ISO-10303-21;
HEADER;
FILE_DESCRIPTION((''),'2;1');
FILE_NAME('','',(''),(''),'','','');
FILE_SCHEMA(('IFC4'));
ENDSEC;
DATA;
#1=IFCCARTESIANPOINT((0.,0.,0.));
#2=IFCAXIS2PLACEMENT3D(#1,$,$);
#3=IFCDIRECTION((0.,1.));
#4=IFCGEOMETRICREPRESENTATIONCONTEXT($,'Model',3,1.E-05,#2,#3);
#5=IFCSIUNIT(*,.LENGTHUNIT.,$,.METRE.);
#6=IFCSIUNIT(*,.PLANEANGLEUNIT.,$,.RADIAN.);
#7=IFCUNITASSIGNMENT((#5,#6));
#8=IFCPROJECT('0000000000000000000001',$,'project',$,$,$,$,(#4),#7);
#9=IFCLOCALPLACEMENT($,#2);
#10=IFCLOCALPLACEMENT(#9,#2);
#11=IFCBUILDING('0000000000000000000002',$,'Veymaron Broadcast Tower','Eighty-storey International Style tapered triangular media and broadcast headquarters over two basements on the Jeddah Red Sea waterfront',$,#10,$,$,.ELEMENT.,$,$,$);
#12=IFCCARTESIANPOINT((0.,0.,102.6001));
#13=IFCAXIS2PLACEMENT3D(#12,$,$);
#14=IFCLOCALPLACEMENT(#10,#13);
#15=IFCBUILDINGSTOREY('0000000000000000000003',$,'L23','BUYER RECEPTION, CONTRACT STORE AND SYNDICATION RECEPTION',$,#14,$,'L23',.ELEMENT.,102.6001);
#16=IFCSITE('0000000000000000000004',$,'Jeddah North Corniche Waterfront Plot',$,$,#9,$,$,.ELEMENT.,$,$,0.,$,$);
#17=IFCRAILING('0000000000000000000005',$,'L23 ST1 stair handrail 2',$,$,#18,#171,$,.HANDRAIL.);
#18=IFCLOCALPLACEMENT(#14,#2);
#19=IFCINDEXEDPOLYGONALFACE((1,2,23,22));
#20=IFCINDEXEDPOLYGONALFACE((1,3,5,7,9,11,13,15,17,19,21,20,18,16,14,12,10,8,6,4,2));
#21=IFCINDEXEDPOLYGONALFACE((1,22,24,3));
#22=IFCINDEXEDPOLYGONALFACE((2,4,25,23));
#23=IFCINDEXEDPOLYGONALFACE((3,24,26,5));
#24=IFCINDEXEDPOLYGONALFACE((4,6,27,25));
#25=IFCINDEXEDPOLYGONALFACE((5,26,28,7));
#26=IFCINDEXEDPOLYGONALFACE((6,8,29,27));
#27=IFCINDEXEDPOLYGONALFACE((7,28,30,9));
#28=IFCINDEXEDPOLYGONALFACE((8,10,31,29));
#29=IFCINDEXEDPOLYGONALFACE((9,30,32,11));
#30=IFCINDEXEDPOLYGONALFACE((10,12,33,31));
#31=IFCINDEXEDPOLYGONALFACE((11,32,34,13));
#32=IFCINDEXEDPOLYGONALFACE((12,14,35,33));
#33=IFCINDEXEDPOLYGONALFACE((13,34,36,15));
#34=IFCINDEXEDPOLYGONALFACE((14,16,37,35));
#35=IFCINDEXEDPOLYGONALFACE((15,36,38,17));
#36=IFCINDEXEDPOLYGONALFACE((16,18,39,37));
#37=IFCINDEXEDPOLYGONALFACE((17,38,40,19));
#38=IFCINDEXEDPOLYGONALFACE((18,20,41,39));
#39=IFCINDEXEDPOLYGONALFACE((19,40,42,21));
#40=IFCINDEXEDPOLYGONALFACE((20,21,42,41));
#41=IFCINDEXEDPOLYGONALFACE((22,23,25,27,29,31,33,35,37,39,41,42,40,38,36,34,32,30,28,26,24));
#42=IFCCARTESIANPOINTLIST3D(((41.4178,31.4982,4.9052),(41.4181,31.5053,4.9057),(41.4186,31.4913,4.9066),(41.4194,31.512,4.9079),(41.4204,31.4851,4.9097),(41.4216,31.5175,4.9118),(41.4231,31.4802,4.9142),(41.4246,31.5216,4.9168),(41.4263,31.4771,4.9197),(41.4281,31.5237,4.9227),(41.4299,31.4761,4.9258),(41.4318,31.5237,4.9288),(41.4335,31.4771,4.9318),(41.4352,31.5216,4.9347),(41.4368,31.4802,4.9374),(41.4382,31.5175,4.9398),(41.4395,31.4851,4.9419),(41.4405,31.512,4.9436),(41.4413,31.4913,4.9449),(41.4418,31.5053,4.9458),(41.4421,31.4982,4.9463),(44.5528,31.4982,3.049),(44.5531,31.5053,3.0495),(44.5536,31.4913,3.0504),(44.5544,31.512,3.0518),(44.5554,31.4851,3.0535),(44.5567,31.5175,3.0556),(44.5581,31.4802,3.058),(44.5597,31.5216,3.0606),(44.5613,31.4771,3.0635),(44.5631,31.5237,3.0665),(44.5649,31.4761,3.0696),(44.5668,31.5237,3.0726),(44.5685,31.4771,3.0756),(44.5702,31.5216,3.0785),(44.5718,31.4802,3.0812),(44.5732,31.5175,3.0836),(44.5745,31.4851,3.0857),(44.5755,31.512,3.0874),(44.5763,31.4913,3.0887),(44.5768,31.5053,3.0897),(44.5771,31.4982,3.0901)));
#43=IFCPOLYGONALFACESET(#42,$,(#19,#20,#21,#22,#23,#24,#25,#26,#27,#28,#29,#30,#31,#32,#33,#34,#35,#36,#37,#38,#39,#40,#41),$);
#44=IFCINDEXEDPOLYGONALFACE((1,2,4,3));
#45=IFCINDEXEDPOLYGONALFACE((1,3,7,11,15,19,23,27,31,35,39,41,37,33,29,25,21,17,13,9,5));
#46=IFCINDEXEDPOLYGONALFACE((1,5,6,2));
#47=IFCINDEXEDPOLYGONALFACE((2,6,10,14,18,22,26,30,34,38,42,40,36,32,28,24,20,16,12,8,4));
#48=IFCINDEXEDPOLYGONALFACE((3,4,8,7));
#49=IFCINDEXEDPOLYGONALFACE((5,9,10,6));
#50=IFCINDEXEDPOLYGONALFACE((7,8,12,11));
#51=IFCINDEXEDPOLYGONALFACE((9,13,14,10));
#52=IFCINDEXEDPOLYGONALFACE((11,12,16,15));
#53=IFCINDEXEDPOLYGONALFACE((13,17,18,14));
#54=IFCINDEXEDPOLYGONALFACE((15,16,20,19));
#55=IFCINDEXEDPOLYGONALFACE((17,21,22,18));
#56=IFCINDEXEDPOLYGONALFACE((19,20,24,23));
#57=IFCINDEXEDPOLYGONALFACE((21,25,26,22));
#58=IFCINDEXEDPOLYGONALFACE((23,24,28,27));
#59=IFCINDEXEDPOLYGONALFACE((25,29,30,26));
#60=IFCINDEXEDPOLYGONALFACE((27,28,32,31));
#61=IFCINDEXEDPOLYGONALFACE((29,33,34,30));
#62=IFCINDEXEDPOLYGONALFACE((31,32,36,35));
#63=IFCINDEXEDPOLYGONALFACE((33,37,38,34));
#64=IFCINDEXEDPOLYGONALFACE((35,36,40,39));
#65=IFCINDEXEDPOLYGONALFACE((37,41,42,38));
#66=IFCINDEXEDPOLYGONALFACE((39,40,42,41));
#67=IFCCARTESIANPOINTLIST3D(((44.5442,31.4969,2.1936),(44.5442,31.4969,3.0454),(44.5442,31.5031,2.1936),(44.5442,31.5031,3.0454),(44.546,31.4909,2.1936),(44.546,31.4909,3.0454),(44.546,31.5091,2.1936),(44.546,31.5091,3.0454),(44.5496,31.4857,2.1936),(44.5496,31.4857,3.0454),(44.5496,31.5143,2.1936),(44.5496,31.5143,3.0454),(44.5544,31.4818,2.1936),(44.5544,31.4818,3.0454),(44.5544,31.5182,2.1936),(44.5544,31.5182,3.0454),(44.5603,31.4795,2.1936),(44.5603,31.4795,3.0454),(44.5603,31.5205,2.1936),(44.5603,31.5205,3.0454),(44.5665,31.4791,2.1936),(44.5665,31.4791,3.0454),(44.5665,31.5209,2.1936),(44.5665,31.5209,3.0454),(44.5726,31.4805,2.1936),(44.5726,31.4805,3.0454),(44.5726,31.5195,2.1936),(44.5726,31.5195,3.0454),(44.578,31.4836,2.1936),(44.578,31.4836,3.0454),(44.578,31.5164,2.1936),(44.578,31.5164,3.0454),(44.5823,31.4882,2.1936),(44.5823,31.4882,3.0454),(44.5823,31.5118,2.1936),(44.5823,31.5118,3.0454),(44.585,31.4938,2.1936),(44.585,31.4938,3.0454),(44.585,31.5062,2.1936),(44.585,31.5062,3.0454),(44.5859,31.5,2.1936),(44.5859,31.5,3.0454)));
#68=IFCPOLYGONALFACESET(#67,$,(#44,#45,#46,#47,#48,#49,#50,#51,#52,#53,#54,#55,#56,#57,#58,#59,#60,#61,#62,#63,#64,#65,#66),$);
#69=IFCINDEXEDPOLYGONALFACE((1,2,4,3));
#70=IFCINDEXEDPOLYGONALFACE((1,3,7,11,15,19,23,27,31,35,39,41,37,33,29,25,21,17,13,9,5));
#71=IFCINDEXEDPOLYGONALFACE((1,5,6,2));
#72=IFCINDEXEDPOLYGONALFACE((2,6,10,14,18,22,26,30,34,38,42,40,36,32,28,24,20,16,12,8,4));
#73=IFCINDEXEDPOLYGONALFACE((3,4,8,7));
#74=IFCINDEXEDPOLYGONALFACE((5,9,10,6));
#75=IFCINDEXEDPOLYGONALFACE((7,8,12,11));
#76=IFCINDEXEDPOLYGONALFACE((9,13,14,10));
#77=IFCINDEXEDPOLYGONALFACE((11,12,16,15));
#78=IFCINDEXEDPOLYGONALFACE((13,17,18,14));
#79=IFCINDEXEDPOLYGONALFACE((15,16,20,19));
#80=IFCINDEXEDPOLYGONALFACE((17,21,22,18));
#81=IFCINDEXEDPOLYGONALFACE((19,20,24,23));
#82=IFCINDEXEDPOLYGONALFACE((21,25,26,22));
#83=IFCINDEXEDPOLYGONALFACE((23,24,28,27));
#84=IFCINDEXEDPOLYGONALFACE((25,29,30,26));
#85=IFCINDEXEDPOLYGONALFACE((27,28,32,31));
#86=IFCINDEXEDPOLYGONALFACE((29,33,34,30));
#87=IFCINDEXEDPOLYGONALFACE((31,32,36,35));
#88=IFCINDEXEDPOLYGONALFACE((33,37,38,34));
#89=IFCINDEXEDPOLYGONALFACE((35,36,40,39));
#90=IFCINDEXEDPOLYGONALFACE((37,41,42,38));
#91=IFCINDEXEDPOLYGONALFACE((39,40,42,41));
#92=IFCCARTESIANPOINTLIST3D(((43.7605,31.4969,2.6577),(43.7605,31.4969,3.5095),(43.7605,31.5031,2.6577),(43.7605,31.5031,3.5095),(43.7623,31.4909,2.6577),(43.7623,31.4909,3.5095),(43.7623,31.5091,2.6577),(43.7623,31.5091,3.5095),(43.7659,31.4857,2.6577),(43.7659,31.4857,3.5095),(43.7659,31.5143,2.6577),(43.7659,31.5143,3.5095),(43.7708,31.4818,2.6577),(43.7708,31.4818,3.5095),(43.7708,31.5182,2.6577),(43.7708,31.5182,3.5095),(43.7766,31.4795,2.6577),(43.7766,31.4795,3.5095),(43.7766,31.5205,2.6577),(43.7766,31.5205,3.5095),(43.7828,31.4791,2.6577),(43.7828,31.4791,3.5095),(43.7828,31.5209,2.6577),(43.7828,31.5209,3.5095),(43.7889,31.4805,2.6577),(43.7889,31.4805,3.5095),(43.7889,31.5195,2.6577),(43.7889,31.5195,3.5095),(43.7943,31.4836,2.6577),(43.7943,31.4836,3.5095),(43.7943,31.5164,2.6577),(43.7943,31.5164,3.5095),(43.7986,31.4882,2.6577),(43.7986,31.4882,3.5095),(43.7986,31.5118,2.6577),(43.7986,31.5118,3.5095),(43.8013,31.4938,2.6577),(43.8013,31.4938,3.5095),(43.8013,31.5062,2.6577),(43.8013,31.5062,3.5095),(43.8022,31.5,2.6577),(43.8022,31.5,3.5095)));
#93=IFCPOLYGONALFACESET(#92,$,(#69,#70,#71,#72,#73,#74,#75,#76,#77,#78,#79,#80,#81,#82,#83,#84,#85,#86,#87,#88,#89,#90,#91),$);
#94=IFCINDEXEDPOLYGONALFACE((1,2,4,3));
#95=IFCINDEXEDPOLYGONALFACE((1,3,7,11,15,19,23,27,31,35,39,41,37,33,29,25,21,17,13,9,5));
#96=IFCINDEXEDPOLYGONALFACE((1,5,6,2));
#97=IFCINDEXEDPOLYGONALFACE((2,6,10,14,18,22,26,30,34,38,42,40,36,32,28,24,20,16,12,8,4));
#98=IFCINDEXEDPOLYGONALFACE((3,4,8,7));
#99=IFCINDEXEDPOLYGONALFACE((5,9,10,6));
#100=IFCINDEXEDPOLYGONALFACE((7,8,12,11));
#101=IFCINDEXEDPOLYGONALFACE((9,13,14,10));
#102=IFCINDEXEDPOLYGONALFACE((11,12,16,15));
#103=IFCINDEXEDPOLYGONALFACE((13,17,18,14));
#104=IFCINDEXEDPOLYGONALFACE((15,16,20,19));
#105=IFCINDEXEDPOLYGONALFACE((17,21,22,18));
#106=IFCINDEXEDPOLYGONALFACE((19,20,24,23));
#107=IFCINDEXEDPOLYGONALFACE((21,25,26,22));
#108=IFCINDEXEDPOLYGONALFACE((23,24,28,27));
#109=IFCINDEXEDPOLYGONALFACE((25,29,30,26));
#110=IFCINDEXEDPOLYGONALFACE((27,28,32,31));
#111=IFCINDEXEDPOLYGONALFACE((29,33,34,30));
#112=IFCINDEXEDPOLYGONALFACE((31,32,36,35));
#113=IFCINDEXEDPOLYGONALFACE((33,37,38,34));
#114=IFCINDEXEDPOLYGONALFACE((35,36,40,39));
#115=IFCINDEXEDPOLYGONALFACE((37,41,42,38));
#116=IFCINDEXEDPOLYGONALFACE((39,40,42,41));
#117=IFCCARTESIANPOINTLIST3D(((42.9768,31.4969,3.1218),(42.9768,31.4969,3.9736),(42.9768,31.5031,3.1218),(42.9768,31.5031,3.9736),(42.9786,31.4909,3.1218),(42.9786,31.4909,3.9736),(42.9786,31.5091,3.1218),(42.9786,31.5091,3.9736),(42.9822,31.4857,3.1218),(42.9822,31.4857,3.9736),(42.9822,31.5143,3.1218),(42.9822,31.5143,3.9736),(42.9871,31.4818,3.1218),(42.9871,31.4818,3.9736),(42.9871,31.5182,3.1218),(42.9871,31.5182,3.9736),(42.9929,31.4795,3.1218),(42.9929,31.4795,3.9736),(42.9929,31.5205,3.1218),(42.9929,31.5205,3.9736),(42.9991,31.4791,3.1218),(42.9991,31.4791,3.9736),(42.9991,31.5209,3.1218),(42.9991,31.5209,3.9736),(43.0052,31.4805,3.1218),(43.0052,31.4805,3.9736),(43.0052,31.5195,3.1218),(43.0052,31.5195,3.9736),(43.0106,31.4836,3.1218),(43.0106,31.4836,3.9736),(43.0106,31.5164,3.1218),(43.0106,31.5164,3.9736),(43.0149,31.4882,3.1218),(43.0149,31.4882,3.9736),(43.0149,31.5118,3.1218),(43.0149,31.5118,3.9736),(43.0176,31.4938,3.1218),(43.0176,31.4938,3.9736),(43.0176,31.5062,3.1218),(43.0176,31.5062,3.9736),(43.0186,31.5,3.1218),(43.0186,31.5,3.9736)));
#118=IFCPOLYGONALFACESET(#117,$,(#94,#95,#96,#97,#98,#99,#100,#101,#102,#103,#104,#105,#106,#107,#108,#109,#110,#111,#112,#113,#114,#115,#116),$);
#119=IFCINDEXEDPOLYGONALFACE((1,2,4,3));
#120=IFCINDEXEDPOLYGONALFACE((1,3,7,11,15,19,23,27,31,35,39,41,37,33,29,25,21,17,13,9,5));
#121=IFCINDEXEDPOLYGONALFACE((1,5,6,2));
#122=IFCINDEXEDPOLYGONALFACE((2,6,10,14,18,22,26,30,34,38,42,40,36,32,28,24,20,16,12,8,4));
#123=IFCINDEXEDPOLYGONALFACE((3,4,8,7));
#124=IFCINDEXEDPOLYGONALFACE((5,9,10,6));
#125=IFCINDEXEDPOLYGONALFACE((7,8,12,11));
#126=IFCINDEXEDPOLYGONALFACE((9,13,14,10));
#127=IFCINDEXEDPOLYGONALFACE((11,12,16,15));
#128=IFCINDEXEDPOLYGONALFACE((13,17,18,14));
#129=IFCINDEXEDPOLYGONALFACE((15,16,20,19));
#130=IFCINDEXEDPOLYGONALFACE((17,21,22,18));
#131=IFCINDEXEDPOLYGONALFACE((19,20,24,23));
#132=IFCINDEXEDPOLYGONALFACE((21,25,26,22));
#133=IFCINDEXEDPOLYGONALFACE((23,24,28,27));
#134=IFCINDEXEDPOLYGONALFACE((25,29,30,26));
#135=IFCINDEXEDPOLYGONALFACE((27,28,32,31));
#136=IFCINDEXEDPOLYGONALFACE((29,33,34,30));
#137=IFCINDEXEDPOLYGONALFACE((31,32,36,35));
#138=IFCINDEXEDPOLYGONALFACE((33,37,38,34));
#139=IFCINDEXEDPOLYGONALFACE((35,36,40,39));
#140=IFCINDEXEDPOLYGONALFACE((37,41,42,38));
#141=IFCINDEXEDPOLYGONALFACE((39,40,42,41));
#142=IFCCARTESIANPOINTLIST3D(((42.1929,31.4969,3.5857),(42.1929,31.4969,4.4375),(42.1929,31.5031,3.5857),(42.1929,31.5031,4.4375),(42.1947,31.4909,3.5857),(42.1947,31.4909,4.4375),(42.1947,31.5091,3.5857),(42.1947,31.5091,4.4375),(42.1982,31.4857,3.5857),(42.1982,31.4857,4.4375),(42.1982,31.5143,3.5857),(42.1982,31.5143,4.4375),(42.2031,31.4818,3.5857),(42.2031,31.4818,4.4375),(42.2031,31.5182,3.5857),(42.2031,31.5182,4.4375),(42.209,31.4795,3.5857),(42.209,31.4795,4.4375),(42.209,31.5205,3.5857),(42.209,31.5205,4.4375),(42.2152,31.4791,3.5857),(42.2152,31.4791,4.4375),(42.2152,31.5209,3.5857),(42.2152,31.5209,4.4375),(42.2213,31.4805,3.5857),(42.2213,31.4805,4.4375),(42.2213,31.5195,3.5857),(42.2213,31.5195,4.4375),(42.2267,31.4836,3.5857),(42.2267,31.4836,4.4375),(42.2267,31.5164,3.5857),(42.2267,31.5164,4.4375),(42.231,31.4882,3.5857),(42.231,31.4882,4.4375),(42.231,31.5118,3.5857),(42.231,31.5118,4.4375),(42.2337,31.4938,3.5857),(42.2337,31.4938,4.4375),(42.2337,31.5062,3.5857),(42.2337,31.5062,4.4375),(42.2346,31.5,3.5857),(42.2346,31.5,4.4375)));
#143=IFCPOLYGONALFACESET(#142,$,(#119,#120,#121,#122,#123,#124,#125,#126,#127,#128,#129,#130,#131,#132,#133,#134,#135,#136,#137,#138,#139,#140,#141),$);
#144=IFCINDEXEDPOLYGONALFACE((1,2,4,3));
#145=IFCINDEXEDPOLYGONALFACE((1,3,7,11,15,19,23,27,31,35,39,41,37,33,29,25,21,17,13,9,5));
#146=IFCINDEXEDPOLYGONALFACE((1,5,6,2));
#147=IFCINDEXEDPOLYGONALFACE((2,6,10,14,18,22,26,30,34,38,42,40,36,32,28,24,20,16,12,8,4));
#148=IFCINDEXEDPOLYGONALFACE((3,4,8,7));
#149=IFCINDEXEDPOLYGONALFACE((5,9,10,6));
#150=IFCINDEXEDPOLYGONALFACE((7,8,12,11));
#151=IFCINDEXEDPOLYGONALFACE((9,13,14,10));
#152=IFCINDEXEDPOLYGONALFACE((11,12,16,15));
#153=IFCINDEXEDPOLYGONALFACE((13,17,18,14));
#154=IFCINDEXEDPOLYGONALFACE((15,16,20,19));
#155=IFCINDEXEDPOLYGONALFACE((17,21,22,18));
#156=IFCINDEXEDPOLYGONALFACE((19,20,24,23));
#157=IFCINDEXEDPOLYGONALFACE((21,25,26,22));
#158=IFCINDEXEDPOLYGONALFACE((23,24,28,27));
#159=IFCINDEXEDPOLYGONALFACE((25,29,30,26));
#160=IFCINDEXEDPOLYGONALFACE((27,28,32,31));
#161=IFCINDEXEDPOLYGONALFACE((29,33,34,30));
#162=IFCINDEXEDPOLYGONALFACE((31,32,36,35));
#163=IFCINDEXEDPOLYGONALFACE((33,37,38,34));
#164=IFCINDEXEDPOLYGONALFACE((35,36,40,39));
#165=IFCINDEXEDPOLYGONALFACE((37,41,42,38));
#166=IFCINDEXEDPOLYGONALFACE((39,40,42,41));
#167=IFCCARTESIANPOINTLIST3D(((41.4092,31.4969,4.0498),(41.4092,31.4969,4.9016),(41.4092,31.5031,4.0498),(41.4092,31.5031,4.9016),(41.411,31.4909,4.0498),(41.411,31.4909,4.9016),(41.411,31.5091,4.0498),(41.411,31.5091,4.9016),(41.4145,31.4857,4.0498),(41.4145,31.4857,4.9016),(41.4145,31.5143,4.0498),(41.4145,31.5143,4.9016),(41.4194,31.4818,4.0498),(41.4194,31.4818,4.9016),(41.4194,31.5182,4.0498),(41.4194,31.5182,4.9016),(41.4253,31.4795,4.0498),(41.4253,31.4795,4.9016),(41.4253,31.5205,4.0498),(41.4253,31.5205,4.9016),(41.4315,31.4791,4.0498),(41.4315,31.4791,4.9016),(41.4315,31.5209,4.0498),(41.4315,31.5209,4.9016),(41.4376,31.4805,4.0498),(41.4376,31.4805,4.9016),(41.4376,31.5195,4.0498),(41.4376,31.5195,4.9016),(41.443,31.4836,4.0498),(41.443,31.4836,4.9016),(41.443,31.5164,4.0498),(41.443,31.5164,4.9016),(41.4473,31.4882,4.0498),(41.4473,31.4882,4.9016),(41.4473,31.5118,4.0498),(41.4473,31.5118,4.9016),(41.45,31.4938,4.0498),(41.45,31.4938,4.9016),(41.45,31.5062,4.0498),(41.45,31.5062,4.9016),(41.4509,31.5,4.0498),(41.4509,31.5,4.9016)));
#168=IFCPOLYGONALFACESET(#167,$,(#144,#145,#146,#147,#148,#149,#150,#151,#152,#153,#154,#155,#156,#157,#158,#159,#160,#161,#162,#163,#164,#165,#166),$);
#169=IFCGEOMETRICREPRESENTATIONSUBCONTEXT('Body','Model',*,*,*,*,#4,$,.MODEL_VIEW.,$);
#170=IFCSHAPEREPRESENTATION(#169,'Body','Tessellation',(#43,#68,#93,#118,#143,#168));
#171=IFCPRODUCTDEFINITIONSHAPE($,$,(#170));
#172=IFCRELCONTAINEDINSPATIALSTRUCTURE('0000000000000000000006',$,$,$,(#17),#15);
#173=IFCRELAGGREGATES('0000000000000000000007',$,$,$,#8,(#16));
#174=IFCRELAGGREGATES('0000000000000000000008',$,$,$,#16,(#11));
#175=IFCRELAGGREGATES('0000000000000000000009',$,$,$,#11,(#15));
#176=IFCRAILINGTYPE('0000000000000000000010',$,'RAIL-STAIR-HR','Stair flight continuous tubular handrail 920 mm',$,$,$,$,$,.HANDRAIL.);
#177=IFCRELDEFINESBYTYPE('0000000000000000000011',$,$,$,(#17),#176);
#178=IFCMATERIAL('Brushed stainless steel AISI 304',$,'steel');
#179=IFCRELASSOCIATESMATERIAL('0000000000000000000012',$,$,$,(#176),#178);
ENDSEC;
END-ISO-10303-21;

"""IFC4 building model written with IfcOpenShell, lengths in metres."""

from ifc_helpers import new_model, si_unit, direction, frame, origin, origin_2d, place, context, subcontext, project, spatial, circle, extrude, material, type_object, element, save


model = new_model("IFC4")

# Units and contexts
model_context = context("Model", 3, precision=1e-05, world=origin(), true_north=direction((0.0, 1.0)))
body_context = subcontext(model_context, "Body", "Model", "MODEL_VIEW")
ifc_project = project(units=[si_unit("LENGTHUNIT", "METRE"), si_unit("PLANEANGLEUNIT", "RADIAN")], contexts=[model_context])

# Site, building, storey
site_placement = place(None, origin())
site = spatial("IfcSite", under=ifc_project, at=site_placement, Name="Jeddah North Corniche Waterfront Plot", CompositionType="ELEMENT", RefElevation=0.0)
building_placement = place(site_placement, origin())
building = spatial("IfcBuilding", under=site, at=building_placement, Name="Veymaron Broadcast Tower", Description="Eighty-storey International Style tapered triangular media and broadcast headquarters over two basements on the Jeddah Red Sea waterfront", CompositionType="ELEMENT")
storey_placement = place(building_placement, frame((0.0, 0.0, 102.6001)))
storey = spatial("IfcBuildingStorey", under=building, at=storey_placement, Name="L23", Description="BUYER RECEPTION, CONTRACT STORE AND SYNDICATION RECEPTION", LongName="L23", CompositionType="ELEMENT", Elevation=102.6001)

# Shared definitions
ifc_material_1 = material(Name="Brushed stainless steel AISI 304", Category="steel")

# Railing
railing_type_1 = type_object("IfcRailingType", Name="RAIL-STAIR-HR", Description="Stair flight continuous tubular handrail 920 mm", PredefinedType="HANDRAIL", material=ifc_material_1)
railing_1_placement = place(storey_placement, frame((44.5649, 31.5, 2.1936)))
element("IfcRailing", 1, at=railing_1_placement, inside=storey, type_object=railing_type_1, Name="L23 ST1 stair handrail 2", PredefinedType="HANDRAIL", context=body_context, shape_type="SweptSolid", body=[
    extrude(circle(Radius=0.0239, at=origin_2d()), frame((0.0, 0.0, 0.876), z_axis=(-0.860482, 0.0, 0.509481), x_axis=(0.0, -1.0, 0.0)), (0.0, 0.0, 1.0), 3.6433),
    extrude(circle(Radius=0.021, at=origin_2d()), origin(), (0.0, 0.0, 1.0), 0.8518),
    extrude(circle(Radius=0.021, at=origin_2d()), frame((-0.7837, 0.0, 0.4641)), (0.0, 0.0, 1.0), 0.8518),
    extrude(circle(Radius=0.021, at=origin_2d()), frame((-1.5674, 0.0, 0.9282)), (0.0, 0.0, 1.0), 0.8518),
    extrude(circle(Radius=0.021, at=origin_2d()), frame((-2.3513, 0.0, 1.3921)), (0.0, 0.0, 1.0), 0.8518),
    extrude(circle(Radius=0.021, at=origin_2d()), frame((-3.135, 0.0, 1.8562)), (0.0, 0.0, 1.0), 0.8518),
])

save(model, "model.ifc")
